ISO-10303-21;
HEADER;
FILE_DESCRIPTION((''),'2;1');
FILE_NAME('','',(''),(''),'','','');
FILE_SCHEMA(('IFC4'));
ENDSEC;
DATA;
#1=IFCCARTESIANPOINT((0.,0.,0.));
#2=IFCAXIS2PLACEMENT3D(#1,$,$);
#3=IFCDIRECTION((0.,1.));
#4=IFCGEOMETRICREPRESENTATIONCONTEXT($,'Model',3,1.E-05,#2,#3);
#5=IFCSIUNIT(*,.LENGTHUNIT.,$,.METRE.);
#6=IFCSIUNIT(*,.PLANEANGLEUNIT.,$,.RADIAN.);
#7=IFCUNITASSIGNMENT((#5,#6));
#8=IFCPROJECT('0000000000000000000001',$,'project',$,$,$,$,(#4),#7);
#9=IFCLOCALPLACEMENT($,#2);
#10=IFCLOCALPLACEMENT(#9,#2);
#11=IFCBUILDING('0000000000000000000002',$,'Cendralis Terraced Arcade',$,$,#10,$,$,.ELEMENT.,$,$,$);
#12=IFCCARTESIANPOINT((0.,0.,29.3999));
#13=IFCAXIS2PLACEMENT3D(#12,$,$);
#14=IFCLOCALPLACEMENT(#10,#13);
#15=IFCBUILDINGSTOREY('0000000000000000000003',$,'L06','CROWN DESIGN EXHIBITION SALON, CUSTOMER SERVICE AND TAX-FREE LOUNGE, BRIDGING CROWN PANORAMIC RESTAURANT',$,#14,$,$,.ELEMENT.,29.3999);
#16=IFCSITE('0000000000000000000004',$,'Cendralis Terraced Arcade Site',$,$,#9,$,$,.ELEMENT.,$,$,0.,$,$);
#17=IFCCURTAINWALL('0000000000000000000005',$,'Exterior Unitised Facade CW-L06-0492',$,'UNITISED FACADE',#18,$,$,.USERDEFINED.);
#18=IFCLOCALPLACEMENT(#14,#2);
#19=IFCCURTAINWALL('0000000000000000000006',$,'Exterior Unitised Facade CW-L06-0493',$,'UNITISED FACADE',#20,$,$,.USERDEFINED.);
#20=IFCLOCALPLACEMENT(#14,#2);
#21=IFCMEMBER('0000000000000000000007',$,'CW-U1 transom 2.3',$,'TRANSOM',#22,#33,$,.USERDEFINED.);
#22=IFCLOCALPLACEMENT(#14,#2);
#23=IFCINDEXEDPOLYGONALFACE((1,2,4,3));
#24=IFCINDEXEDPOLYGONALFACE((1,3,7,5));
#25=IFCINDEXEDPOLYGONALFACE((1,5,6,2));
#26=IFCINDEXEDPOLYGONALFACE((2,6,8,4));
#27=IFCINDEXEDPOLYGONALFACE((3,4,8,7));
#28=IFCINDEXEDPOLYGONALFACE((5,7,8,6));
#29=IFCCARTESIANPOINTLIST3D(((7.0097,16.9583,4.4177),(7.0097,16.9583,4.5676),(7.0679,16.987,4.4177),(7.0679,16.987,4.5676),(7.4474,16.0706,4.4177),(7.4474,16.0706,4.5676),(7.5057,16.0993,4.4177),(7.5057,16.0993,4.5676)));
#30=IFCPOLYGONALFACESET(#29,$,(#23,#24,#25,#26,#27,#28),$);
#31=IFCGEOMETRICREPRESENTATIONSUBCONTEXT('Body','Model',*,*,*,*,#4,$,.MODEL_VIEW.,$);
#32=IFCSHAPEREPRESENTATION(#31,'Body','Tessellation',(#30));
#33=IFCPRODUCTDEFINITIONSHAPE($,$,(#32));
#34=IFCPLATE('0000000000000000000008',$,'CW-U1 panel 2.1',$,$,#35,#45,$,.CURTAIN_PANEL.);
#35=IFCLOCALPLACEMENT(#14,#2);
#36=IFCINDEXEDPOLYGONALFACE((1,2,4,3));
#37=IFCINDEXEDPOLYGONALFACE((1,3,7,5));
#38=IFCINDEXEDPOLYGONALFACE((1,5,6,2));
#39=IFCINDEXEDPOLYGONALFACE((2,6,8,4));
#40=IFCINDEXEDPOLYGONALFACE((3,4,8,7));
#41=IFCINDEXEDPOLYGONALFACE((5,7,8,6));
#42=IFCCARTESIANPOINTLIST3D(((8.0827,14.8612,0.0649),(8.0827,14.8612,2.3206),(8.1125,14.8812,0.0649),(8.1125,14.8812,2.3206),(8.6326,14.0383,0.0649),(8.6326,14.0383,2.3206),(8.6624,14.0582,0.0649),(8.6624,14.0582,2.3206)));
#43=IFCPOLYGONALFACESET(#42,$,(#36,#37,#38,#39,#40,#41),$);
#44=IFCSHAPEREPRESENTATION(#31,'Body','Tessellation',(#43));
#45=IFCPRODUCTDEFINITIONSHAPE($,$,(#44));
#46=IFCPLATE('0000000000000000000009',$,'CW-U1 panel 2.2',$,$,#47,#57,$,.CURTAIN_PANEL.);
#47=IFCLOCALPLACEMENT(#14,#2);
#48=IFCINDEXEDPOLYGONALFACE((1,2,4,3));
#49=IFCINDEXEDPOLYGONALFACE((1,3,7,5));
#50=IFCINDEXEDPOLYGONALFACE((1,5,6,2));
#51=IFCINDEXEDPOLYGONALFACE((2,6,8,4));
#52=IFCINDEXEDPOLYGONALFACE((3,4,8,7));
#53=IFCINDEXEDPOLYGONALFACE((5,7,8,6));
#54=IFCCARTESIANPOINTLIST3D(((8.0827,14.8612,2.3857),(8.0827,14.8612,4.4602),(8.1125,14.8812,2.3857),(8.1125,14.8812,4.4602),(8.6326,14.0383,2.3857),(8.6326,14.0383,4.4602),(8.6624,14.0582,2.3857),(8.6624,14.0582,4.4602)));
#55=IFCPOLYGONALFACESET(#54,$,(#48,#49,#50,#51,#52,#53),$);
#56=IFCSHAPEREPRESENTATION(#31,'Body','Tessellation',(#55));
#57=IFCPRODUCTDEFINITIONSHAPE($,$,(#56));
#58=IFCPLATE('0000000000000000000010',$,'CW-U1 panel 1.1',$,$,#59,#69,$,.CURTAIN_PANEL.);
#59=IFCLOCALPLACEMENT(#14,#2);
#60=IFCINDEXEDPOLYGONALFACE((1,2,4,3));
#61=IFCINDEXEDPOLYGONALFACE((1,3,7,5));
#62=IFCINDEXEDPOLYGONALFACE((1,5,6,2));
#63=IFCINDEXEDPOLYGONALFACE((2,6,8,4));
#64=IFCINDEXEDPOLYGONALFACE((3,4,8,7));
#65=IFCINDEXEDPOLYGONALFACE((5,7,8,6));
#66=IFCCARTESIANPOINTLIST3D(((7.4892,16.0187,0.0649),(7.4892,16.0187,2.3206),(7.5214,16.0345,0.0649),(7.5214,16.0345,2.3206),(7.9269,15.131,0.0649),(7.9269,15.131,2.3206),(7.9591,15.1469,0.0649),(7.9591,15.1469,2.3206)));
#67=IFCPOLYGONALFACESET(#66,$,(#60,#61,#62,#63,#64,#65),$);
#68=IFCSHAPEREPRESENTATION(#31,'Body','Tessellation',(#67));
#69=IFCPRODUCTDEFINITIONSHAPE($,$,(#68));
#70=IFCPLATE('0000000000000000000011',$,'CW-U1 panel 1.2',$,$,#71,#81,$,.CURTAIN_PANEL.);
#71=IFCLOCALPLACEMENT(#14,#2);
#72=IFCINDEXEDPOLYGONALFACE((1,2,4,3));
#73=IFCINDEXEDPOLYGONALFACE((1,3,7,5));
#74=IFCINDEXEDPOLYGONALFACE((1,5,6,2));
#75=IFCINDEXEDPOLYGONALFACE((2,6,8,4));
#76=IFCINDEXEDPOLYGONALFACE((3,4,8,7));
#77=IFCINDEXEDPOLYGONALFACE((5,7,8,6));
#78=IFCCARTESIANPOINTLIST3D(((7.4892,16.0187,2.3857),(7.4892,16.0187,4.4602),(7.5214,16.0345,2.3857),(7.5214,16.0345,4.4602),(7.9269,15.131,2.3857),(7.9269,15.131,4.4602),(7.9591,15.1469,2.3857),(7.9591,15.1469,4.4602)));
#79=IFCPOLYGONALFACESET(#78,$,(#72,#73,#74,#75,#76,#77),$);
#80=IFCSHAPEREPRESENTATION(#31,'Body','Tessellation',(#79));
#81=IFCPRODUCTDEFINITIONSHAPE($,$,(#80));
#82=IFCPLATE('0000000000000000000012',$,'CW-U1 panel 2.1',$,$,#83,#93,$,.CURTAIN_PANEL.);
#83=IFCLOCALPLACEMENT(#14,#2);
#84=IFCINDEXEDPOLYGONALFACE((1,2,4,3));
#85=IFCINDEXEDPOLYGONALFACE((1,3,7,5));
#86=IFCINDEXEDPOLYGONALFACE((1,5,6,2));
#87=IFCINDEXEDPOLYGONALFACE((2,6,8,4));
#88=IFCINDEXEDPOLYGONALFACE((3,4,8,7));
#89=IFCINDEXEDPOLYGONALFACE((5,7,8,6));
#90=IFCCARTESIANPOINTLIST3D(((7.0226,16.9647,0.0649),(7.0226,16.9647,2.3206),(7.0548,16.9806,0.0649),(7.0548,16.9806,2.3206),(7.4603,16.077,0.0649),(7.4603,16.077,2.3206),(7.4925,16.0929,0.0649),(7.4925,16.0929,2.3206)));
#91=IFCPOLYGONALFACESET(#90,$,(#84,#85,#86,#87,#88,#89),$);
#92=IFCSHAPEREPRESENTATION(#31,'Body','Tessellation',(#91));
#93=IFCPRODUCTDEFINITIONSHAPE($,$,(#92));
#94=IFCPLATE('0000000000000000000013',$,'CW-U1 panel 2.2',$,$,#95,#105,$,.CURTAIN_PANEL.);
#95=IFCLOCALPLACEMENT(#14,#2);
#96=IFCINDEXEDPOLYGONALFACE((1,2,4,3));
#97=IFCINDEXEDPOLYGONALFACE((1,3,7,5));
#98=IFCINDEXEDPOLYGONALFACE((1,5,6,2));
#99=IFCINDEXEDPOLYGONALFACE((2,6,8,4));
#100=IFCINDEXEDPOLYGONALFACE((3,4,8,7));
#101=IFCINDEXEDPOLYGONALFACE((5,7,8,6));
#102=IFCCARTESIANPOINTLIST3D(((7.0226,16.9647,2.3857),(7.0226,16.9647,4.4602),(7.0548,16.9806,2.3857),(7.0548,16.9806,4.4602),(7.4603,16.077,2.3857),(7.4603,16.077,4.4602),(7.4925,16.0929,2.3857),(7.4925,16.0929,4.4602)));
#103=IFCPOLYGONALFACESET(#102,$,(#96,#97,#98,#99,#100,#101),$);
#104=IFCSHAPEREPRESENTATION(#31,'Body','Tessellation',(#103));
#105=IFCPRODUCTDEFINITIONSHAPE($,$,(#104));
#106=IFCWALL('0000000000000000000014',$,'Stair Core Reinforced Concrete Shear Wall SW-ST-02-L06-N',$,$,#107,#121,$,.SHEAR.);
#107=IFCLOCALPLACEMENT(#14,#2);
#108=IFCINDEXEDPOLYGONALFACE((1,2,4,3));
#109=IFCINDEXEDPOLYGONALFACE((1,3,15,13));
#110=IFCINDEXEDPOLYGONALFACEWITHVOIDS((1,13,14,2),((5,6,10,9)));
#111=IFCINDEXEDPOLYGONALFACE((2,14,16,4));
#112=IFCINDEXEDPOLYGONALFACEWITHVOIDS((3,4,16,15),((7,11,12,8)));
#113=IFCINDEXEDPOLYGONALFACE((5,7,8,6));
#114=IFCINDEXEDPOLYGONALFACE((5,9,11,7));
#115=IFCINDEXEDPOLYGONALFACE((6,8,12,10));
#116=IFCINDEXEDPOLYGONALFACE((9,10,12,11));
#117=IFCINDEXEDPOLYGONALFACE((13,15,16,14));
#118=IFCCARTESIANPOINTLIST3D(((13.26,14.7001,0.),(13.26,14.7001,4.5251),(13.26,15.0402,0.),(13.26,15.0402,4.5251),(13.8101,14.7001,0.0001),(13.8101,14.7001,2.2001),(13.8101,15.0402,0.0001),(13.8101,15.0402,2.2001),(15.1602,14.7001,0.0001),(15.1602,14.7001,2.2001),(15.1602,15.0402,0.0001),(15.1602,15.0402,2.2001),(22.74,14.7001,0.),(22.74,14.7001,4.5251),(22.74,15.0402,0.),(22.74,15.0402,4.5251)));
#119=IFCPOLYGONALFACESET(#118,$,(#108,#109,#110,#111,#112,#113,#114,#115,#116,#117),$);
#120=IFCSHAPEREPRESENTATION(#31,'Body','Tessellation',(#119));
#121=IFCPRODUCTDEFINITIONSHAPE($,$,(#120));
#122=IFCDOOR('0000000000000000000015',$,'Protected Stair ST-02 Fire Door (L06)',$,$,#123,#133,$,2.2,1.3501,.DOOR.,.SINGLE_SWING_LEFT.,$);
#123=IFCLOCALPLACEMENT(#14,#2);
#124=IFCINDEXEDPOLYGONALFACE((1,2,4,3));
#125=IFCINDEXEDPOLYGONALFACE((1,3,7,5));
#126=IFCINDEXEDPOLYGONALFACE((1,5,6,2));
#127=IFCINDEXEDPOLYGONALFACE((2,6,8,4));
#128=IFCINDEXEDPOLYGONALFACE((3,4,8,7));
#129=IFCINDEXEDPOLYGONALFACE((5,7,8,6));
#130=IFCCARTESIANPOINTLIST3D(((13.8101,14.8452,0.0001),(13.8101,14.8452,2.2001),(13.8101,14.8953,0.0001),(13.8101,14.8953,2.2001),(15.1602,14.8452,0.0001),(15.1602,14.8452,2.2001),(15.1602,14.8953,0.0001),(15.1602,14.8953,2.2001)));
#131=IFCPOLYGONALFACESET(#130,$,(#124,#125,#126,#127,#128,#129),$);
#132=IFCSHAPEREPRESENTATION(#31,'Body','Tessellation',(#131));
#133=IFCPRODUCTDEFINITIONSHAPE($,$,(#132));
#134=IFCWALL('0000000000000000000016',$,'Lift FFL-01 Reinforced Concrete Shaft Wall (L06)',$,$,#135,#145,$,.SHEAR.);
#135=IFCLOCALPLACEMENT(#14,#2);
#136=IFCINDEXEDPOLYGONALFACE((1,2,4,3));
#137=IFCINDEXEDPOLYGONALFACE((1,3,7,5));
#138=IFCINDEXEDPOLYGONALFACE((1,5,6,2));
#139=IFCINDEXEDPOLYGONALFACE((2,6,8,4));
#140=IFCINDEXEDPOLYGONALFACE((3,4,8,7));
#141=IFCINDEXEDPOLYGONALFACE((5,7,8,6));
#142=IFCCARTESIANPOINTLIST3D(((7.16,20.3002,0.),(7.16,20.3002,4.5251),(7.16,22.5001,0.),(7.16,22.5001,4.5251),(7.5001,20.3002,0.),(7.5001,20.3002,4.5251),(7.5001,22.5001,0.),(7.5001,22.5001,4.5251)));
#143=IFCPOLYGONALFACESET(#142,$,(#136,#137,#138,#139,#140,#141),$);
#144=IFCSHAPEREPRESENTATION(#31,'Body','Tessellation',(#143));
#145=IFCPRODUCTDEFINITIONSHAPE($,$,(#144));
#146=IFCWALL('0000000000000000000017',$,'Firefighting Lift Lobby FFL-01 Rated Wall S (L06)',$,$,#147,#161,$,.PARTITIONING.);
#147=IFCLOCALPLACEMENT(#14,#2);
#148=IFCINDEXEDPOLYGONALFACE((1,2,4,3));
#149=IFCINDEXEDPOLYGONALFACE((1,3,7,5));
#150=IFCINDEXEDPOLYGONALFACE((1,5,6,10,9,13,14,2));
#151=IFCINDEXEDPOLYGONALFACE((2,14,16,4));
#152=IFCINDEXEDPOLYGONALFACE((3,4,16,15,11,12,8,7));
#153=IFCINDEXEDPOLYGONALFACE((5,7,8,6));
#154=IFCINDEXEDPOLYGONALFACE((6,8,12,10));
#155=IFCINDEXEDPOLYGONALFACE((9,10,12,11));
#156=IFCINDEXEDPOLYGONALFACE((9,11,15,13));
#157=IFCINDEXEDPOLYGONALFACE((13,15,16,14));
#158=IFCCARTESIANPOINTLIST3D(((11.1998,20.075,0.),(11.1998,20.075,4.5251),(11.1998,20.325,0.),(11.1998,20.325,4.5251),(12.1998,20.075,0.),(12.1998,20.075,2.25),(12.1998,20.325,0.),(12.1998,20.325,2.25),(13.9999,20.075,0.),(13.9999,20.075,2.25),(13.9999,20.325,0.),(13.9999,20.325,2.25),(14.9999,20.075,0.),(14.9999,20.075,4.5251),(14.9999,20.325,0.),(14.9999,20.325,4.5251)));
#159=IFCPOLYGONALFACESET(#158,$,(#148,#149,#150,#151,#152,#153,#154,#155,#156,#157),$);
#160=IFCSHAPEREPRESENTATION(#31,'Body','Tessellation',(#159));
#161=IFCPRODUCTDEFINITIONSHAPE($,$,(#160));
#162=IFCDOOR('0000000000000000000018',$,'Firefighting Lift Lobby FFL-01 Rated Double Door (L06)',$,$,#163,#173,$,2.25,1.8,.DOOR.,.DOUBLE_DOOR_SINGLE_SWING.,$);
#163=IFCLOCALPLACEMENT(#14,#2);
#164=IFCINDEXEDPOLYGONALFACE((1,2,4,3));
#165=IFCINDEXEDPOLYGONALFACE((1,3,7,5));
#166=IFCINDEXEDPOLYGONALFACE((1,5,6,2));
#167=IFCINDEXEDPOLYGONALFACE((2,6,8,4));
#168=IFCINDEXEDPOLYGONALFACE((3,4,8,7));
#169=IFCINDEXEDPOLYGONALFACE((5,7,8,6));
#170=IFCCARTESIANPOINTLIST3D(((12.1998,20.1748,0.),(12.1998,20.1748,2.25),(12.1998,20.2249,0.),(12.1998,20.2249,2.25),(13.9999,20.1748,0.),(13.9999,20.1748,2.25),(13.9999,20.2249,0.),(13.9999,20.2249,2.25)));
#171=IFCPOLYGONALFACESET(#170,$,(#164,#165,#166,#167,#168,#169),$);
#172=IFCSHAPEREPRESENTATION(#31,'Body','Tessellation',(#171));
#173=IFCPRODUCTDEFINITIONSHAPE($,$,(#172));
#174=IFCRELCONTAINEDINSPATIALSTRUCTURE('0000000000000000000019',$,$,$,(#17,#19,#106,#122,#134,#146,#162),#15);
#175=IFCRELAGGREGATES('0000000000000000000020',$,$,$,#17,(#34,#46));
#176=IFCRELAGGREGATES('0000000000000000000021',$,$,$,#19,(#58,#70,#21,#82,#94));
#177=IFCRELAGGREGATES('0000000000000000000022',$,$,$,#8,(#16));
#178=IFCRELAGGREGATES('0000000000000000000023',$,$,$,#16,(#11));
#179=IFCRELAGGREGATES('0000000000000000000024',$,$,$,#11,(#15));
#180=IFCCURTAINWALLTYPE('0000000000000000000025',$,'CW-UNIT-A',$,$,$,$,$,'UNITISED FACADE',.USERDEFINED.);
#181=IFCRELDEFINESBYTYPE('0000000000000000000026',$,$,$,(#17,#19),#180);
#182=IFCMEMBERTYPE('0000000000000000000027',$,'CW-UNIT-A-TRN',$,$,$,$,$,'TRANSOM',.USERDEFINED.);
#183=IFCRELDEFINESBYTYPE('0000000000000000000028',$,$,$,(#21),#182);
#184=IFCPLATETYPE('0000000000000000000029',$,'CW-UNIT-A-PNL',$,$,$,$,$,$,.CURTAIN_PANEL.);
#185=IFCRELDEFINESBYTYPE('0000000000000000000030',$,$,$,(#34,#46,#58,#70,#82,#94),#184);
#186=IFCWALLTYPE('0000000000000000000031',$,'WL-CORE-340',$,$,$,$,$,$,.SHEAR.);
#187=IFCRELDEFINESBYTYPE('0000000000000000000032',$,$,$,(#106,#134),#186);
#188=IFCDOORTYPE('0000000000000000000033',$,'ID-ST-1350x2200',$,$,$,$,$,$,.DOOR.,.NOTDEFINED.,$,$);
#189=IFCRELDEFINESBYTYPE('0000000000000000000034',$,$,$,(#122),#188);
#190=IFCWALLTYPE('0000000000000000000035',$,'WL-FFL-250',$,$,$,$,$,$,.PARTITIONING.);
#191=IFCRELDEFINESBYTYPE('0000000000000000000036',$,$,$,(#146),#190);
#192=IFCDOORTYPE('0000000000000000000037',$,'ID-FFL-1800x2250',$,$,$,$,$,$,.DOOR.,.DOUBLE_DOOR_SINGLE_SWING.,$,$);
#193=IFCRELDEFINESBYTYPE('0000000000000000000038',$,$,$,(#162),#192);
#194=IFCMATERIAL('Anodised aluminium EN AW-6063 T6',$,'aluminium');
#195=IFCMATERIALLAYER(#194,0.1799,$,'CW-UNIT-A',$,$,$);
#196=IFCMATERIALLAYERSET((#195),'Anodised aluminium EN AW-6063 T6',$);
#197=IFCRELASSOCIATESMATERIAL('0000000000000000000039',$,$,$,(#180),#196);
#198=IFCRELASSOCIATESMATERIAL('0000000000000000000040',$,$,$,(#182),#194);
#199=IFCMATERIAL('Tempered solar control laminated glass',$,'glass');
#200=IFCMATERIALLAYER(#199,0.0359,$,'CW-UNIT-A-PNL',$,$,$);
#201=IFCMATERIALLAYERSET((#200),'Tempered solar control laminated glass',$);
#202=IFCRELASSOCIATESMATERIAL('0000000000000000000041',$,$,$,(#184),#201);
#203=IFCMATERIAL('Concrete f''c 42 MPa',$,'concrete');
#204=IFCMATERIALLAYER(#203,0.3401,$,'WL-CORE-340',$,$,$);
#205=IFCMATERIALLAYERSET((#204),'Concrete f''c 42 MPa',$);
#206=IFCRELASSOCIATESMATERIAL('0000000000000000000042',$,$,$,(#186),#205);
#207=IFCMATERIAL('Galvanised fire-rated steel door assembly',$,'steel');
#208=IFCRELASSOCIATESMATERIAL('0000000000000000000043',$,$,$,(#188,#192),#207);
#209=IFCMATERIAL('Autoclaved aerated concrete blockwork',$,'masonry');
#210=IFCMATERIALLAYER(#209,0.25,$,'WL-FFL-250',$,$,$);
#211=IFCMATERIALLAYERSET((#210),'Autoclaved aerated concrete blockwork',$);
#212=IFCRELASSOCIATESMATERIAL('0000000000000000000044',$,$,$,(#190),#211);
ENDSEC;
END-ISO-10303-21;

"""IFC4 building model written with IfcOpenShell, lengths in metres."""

from ifc_helpers import new_model, si_unit, direction, frame, frame_2d, origin, origin_2d, place, context, subcontext, project, spatial, rectangle, extrude, material, layer, layer_set, material_profile, profile_set, type_object, element, fill, aggregate, save


model = new_model("IFC4")

# Units and contexts
model_context = context("Model", 3, precision=1e-05, world=origin(), true_north=direction((0.0, 1.0)))
body_context = subcontext(model_context, "Body", "Model", "MODEL_VIEW")
ifc_project = project(units=[si_unit("LENGTHUNIT", "METRE"), si_unit("PLANEANGLEUNIT", "RADIAN")], contexts=[model_context])

# Site, building, storey
site_placement = place(None, origin())
site = spatial("IfcSite", under=ifc_project, at=site_placement, Name="Cendralis Terraced Arcade Site", CompositionType="ELEMENT", RefElevation=0.0)
building_placement = place(site_placement, origin())
building = spatial("IfcBuilding", under=site, at=building_placement, Name="Cendralis Terraced Arcade", CompositionType="ELEMENT")
storey_placement = place(building_placement, frame((0.0, 0.0, 29.3999)))
storey = spatial("IfcBuildingStorey", under=building, at=storey_placement, Name="L06", Description="CROWN DESIGN EXHIBITION SALON, CUSTOMER SERVICE AND TAX-FREE LOUNGE, BRIDGING CROWN PANORAMIC RESTAURANT", CompositionType="ELEMENT", Elevation=29.3999)

# Shared definitions
ifc_material_1 = material(Name="Concrete f'c 42 MPa", Category="concrete")

# Curtain walls
ifc_material_2 = material(Name="Anodised aluminium EN AW-6063 T6", Category="aluminium")
ifc_layer_1 = layer(ifc_material_2, 0.1799, Name="CW-UNIT-A")
ifc_layer_set_1 = layer_set([ifc_layer_1], Name="Anodised aluminium EN AW-6063 T6")
curtain_wall_type = type_object("IfcCurtainWallType", Name="CW-UNIT-A", ElementType="UNITISED FACADE", PredefinedType="USERDEFINED", material=ifc_layer_set_1)
curtain_wall_1_placement = place(storey_placement, origin())
curtain_wall_1 = element("IfcCurtainWall", 1, at=curtain_wall_1_placement, inside=storey, type_object=curtain_wall_type, Name="Exterior Unitised Facade CW-L06-0492", ObjectType="UNITISED FACADE", PredefinedType="USERDEFINED")
curtain_wall_2_placement = place(storey_placement, origin())
curtain_wall_2 = element("IfcCurtainWall", 2, at=curtain_wall_2_placement, inside=storey, type_object=curtain_wall_type, Name="Exterior Unitised Facade CW-L06-0493", ObjectType="UNITISED FACADE", PredefinedType="USERDEFINED")

# Member
ifc_material_profile_1 = material_profile(ifc_material_2, rectangle(XDim=0.0649, YDim=0.1499, at=origin_2d()), Name="ALU-TRN-65x150")
ifc_profile_set_1 = profile_set([ifc_material_profile_1], Name="Anodised aluminium EN AW-6063 T6")
member_type_1 = type_object("IfcMemberType", Name="CW-UNIT-A-TRN", ElementType="TRANSOM", PredefinedType="USERDEFINED", material=ifc_profile_set_1)
member_1_placement = place(storey_placement, frame((7.4766, 16.085, 4.4927), z_axis=(-0.442273, 0.89688, 0.0), x_axis=(-0.89688, -0.442273, 0.0)))
member_1 = element("IfcMember", 3, at=member_1_placement, type_object=member_type_1, Name="CW-U1 transom 2.3", ObjectType="TRANSOM", PredefinedType="USERDEFINED", context=body_context, shape_type="SweptSolid", body=[
    extrude(rectangle(XDim=0.0649, YDim=0.1499, at=origin_2d()), origin(), (0.0, 0.0, 1.0), 0.9897),
])

# Plates
ifc_material_3 = material(Name="Tempered solar control laminated glass", Category="glass")
ifc_layer_2 = layer(ifc_material_3, 0.0359, Name="CW-UNIT-A-PNL")
ifc_layer_set_2 = layer_set([ifc_layer_2], Name="Tempered solar control laminated glass")
plate_type = type_object("IfcPlateType", Name="CW-UNIT-A-PNL", PredefinedType="CURTAIN_PANEL", material=ifc_layer_set_2)
plate_1_placement = place(storey_placement, frame((8.3726, 14.4597, 0.0649), z_axis=(0.0, 0.0, 1.0), x_axis=(-0.555559, 0.831477, 0.0)))
plate_1 = element("IfcPlate", 4, at=plate_1_placement, type_object=plate_type, Name="CW-U1 panel 2.1", PredefinedType="CURTAIN_PANEL", context=body_context, shape_type="SweptSolid", body=[
    extrude(rectangle(XDim=0.9897, YDim=0.0359, at=origin_2d()), origin(), (0.0, 0.0, 1.0), 2.2556),
])
plate_2_placement = place(storey_placement, frame((8.3726, 14.4597, 2.3857), z_axis=(0.0, 0.0, 1.0), x_axis=(-0.555559, 0.831477, 0.0)))
plate_2 = element("IfcPlate", 5, at=plate_2_placement, type_object=plate_type, Name="CW-U1 panel 2.2", PredefinedType="CURTAIN_PANEL", context=body_context, shape_type="SweptSolid", body=[
    extrude(rectangle(XDim=0.9897, YDim=0.0359, at=origin_2d()), origin(), (0.0, 0.0, 1.0), 2.0745),
])
aggregate(curtain_wall_1, [plate_1, plate_2])
plate_3_placement = place(storey_placement, frame((7.7241, 15.5828, 0.0649), z_axis=(0.0, 0.0, 1.0), x_axis=(-0.442259, 0.896888, 0.0)))
plate_3 = element("IfcPlate", 6, at=plate_3_placement, type_object=plate_type, Name="CW-U1 panel 1.1", PredefinedType="CURTAIN_PANEL", context=body_context, shape_type="SweptSolid", body=[
    extrude(rectangle(XDim=0.9897, YDim=0.0359, at=origin_2d()), origin(), (0.0, 0.0, 1.0), 2.2556),
])
plate_4_placement = place(storey_placement, frame((7.7241, 15.5828, 2.3857), z_axis=(0.0, 0.0, 1.0), x_axis=(-0.442259, 0.896888, 0.0)))
plate_4 = element("IfcPlate", 7, at=plate_4_placement, type_object=plate_type, Name="CW-U1 panel 1.2", PredefinedType="CURTAIN_PANEL", context=body_context, shape_type="SweptSolid", body=[
    extrude(rectangle(XDim=0.9897, YDim=0.0359, at=origin_2d()), origin(), (0.0, 0.0, 1.0), 2.0745),
])
plate_5_placement = place(storey_placement, frame((7.2576, 16.5288, 0.0649), z_axis=(0.0, 0.0, 1.0), x_axis=(-0.442259, 0.896888, 0.0)))
plate_5 = element("IfcPlate", 8, at=plate_5_placement, type_object=plate_type, Name="CW-U1 panel 2.1", PredefinedType="CURTAIN_PANEL", context=body_context, shape_type="SweptSolid", body=[
    extrude(rectangle(XDim=0.9897, YDim=0.0359, at=origin_2d()), origin(), (0.0, 0.0, 1.0), 2.2556),
])
plate_6_placement = place(storey_placement, frame((7.2576, 16.5288, 2.3857), z_axis=(0.0, 0.0, 1.0), x_axis=(-0.442259, 0.896888, 0.0)))
plate_6 = element("IfcPlate", 9, at=plate_6_placement, type_object=plate_type, Name="CW-U1 panel 2.2", PredefinedType="CURTAIN_PANEL", context=body_context, shape_type="SweptSolid", body=[
    extrude(rectangle(XDim=0.9897, YDim=0.0359, at=origin_2d()), origin(), (0.0, 0.0, 1.0), 2.0745),
])
aggregate(curtain_wall_2, [plate_3, plate_4, member_1, plate_5, plate_6])

# Wall, opening, door
ifc_layer_3 = layer(ifc_material_1, 0.3401, Name="WL-CORE-340")
ifc_layer_set_3 = layer_set([ifc_layer_3], Name="Concrete f'c 42 MPa")
wall_type_1 = type_object("IfcWallType", Name="WL-CORE-340", PredefinedType="SHEAR", material=ifc_layer_set_3)
wall_1_placement = place(storey_placement, frame((13.26, 14.8701, 0.0), z_axis=(0.0, 0.0, 1.0), x_axis=(1.0, 0.0, 0.0)))
wall_1 = element("IfcWall", 10, at=wall_1_placement, inside=storey, type_object=wall_type_1, Name="Stair Core Reinforced Concrete Shear Wall SW-ST-02-L06-N", PredefinedType="SHEAR", context=body_context, shape_type="SweptSolid", body=[
    extrude(rectangle(XDim=9.48, YDim=0.3401, at=frame_2d((4.74, 0.0))), origin(), (0.0, 0.0, 1.0), 4.5251),
])
opening_1_placement = place(wall_1_placement, frame((0.55, 0.0, 0.0)))
opening_1 = element("IfcOpeningElement", 11, at=opening_1_placement, cuts=wall_1, PredefinedType="OPENING", context=body_context, shape_type="SweptSolid", body=[
    extrude(rectangle(XDim=1.3501, YDim=2.2, at=frame_2d((0.675, 1.1001))), frame((0.0, 0.1821, 0.0), z_axis=(0.0, -1.0, 0.0), x_axis=(1.0, 0.0, 0.0)), (0.0, 0.0, 1.0), 0.364),
])
ifc_material_4 = material(Name="Galvanised fire-rated steel door assembly", Category="steel")
door_type_1 = type_object("IfcDoorType", Name="ID-ST-1350x2200", OperationType="NOTDEFINED", PredefinedType="DOOR", material=ifc_material_4)
door_1_placement = place(opening_1_placement, frame((1.3501, 0.0, 0.0), z_axis=(0.0, 0.0, 1.0), x_axis=(-1.0, 0.0, 0.0)))
door_1 = element("IfcDoor", 12, at=door_1_placement, inside=storey, type_object=door_type_1, Name="Protected Stair ST-02 Fire Door (L06)", OperationType="SINGLE_SWING_LEFT", OverallHeight=2.2, OverallWidth=1.3501, PredefinedType="DOOR", context=body_context, shape_type="SweptSolid", body=[
    extrude(rectangle(XDim=1.3501, YDim=2.2, at=frame_2d((0.675, 1.1001))), frame((0.0, 0.0249, 0.0), z_axis=(0.0, -1.0, 0.0), x_axis=(1.0, 0.0, 0.0)), (0.0, 0.0, 1.0), 0.05),
])
fill(opening_1, door_1)

# Wall
wall_2_placement = place(storey_placement, frame((7.3301, 20.3, 0.0), z_axis=(0.0, 0.0, 1.0), x_axis=(0.0, 1.0, 0.0)))
element("IfcWall", 13, at=wall_2_placement, inside=storey, type_object=wall_type_1, Name="Lift FFL-01 Reinforced Concrete Shaft Wall (L06)", PredefinedType="SHEAR", context=body_context, shape_type="SweptSolid", body=[
    extrude(rectangle(XDim=2.2, YDim=0.3401, at=frame_2d((1.1001, 0.0))), origin(), (0.0, 0.0, 1.0), 4.5251),
])

# Wall, opening, door
ifc_material_5 = material(Name="Autoclaved aerated concrete blockwork", Category="masonry")
ifc_layer_4 = layer(ifc_material_5, 0.25, Name="WL-FFL-250")
ifc_layer_set_4 = layer_set([ifc_layer_4], Name="Autoclaved aerated concrete blockwork")
wall_type_2 = type_object("IfcWallType", Name="WL-FFL-250", PredefinedType="PARTITIONING", material=ifc_layer_set_4)
wall_3_placement = place(storey_placement, frame((11.2, 20.2, 0.0), z_axis=(0.0, 0.0, 1.0), x_axis=(1.0, 0.0, 0.0)))
wall_3 = element("IfcWall", 14, at=wall_3_placement, inside=storey, type_object=wall_type_2, Name="Firefighting Lift Lobby FFL-01 Rated Wall S (L06)", PredefinedType="PARTITIONING", context=body_context, shape_type="SweptSolid", body=[
    extrude(rectangle(XDim=3.8, YDim=0.25, at=frame_2d((1.8999, 0.0))), origin(), (0.0, 0.0, 1.0), 4.5251),
])
opening_2_placement = place(wall_3_placement, frame((1.0, 0.0, 0.0)))
opening_2 = element("IfcOpeningElement", 15, at=opening_2_placement, cuts=wall_3, PredefinedType="OPENING", context=body_context, shape_type="SweptSolid", body=[
    extrude(rectangle(XDim=1.8, YDim=2.25, at=frame_2d((0.8999, 1.125))), frame((0.0, 0.137, 0.0), z_axis=(0.0, -1.0, 0.0), x_axis=(1.0, 0.0, 0.0)), (0.0, 0.0, 1.0), 0.2739),
])
door_type_2 = type_object("IfcDoorType", Name="ID-FFL-1800x2250", OperationType="DOUBLE_DOOR_SINGLE_SWING", PredefinedType="DOOR", material=ifc_material_4)
door_2_placement = place(opening_2_placement, origin())
door_2 = element("IfcDoor", 16, at=door_2_placement, inside=storey, type_object=door_type_2, Name="Firefighting Lift Lobby FFL-01 Rated Double Door (L06)", OperationType="DOUBLE_DOOR_SINGLE_SWING", OverallHeight=2.25, OverallWidth=1.8, PredefinedType="DOOR", context=body_context, shape_type="SweptSolid", body=[
    extrude(rectangle(XDim=1.8, YDim=2.25, at=frame_2d((0.8999, 1.125))), frame((0.0, 0.0249, 0.0), z_axis=(0.0, -1.0, 0.0), x_axis=(1.0, 0.0, 0.0)), (0.0, 0.0, 1.0), 0.05),
])
fill(opening_2, door_2)

save(model, "model.ifc")
